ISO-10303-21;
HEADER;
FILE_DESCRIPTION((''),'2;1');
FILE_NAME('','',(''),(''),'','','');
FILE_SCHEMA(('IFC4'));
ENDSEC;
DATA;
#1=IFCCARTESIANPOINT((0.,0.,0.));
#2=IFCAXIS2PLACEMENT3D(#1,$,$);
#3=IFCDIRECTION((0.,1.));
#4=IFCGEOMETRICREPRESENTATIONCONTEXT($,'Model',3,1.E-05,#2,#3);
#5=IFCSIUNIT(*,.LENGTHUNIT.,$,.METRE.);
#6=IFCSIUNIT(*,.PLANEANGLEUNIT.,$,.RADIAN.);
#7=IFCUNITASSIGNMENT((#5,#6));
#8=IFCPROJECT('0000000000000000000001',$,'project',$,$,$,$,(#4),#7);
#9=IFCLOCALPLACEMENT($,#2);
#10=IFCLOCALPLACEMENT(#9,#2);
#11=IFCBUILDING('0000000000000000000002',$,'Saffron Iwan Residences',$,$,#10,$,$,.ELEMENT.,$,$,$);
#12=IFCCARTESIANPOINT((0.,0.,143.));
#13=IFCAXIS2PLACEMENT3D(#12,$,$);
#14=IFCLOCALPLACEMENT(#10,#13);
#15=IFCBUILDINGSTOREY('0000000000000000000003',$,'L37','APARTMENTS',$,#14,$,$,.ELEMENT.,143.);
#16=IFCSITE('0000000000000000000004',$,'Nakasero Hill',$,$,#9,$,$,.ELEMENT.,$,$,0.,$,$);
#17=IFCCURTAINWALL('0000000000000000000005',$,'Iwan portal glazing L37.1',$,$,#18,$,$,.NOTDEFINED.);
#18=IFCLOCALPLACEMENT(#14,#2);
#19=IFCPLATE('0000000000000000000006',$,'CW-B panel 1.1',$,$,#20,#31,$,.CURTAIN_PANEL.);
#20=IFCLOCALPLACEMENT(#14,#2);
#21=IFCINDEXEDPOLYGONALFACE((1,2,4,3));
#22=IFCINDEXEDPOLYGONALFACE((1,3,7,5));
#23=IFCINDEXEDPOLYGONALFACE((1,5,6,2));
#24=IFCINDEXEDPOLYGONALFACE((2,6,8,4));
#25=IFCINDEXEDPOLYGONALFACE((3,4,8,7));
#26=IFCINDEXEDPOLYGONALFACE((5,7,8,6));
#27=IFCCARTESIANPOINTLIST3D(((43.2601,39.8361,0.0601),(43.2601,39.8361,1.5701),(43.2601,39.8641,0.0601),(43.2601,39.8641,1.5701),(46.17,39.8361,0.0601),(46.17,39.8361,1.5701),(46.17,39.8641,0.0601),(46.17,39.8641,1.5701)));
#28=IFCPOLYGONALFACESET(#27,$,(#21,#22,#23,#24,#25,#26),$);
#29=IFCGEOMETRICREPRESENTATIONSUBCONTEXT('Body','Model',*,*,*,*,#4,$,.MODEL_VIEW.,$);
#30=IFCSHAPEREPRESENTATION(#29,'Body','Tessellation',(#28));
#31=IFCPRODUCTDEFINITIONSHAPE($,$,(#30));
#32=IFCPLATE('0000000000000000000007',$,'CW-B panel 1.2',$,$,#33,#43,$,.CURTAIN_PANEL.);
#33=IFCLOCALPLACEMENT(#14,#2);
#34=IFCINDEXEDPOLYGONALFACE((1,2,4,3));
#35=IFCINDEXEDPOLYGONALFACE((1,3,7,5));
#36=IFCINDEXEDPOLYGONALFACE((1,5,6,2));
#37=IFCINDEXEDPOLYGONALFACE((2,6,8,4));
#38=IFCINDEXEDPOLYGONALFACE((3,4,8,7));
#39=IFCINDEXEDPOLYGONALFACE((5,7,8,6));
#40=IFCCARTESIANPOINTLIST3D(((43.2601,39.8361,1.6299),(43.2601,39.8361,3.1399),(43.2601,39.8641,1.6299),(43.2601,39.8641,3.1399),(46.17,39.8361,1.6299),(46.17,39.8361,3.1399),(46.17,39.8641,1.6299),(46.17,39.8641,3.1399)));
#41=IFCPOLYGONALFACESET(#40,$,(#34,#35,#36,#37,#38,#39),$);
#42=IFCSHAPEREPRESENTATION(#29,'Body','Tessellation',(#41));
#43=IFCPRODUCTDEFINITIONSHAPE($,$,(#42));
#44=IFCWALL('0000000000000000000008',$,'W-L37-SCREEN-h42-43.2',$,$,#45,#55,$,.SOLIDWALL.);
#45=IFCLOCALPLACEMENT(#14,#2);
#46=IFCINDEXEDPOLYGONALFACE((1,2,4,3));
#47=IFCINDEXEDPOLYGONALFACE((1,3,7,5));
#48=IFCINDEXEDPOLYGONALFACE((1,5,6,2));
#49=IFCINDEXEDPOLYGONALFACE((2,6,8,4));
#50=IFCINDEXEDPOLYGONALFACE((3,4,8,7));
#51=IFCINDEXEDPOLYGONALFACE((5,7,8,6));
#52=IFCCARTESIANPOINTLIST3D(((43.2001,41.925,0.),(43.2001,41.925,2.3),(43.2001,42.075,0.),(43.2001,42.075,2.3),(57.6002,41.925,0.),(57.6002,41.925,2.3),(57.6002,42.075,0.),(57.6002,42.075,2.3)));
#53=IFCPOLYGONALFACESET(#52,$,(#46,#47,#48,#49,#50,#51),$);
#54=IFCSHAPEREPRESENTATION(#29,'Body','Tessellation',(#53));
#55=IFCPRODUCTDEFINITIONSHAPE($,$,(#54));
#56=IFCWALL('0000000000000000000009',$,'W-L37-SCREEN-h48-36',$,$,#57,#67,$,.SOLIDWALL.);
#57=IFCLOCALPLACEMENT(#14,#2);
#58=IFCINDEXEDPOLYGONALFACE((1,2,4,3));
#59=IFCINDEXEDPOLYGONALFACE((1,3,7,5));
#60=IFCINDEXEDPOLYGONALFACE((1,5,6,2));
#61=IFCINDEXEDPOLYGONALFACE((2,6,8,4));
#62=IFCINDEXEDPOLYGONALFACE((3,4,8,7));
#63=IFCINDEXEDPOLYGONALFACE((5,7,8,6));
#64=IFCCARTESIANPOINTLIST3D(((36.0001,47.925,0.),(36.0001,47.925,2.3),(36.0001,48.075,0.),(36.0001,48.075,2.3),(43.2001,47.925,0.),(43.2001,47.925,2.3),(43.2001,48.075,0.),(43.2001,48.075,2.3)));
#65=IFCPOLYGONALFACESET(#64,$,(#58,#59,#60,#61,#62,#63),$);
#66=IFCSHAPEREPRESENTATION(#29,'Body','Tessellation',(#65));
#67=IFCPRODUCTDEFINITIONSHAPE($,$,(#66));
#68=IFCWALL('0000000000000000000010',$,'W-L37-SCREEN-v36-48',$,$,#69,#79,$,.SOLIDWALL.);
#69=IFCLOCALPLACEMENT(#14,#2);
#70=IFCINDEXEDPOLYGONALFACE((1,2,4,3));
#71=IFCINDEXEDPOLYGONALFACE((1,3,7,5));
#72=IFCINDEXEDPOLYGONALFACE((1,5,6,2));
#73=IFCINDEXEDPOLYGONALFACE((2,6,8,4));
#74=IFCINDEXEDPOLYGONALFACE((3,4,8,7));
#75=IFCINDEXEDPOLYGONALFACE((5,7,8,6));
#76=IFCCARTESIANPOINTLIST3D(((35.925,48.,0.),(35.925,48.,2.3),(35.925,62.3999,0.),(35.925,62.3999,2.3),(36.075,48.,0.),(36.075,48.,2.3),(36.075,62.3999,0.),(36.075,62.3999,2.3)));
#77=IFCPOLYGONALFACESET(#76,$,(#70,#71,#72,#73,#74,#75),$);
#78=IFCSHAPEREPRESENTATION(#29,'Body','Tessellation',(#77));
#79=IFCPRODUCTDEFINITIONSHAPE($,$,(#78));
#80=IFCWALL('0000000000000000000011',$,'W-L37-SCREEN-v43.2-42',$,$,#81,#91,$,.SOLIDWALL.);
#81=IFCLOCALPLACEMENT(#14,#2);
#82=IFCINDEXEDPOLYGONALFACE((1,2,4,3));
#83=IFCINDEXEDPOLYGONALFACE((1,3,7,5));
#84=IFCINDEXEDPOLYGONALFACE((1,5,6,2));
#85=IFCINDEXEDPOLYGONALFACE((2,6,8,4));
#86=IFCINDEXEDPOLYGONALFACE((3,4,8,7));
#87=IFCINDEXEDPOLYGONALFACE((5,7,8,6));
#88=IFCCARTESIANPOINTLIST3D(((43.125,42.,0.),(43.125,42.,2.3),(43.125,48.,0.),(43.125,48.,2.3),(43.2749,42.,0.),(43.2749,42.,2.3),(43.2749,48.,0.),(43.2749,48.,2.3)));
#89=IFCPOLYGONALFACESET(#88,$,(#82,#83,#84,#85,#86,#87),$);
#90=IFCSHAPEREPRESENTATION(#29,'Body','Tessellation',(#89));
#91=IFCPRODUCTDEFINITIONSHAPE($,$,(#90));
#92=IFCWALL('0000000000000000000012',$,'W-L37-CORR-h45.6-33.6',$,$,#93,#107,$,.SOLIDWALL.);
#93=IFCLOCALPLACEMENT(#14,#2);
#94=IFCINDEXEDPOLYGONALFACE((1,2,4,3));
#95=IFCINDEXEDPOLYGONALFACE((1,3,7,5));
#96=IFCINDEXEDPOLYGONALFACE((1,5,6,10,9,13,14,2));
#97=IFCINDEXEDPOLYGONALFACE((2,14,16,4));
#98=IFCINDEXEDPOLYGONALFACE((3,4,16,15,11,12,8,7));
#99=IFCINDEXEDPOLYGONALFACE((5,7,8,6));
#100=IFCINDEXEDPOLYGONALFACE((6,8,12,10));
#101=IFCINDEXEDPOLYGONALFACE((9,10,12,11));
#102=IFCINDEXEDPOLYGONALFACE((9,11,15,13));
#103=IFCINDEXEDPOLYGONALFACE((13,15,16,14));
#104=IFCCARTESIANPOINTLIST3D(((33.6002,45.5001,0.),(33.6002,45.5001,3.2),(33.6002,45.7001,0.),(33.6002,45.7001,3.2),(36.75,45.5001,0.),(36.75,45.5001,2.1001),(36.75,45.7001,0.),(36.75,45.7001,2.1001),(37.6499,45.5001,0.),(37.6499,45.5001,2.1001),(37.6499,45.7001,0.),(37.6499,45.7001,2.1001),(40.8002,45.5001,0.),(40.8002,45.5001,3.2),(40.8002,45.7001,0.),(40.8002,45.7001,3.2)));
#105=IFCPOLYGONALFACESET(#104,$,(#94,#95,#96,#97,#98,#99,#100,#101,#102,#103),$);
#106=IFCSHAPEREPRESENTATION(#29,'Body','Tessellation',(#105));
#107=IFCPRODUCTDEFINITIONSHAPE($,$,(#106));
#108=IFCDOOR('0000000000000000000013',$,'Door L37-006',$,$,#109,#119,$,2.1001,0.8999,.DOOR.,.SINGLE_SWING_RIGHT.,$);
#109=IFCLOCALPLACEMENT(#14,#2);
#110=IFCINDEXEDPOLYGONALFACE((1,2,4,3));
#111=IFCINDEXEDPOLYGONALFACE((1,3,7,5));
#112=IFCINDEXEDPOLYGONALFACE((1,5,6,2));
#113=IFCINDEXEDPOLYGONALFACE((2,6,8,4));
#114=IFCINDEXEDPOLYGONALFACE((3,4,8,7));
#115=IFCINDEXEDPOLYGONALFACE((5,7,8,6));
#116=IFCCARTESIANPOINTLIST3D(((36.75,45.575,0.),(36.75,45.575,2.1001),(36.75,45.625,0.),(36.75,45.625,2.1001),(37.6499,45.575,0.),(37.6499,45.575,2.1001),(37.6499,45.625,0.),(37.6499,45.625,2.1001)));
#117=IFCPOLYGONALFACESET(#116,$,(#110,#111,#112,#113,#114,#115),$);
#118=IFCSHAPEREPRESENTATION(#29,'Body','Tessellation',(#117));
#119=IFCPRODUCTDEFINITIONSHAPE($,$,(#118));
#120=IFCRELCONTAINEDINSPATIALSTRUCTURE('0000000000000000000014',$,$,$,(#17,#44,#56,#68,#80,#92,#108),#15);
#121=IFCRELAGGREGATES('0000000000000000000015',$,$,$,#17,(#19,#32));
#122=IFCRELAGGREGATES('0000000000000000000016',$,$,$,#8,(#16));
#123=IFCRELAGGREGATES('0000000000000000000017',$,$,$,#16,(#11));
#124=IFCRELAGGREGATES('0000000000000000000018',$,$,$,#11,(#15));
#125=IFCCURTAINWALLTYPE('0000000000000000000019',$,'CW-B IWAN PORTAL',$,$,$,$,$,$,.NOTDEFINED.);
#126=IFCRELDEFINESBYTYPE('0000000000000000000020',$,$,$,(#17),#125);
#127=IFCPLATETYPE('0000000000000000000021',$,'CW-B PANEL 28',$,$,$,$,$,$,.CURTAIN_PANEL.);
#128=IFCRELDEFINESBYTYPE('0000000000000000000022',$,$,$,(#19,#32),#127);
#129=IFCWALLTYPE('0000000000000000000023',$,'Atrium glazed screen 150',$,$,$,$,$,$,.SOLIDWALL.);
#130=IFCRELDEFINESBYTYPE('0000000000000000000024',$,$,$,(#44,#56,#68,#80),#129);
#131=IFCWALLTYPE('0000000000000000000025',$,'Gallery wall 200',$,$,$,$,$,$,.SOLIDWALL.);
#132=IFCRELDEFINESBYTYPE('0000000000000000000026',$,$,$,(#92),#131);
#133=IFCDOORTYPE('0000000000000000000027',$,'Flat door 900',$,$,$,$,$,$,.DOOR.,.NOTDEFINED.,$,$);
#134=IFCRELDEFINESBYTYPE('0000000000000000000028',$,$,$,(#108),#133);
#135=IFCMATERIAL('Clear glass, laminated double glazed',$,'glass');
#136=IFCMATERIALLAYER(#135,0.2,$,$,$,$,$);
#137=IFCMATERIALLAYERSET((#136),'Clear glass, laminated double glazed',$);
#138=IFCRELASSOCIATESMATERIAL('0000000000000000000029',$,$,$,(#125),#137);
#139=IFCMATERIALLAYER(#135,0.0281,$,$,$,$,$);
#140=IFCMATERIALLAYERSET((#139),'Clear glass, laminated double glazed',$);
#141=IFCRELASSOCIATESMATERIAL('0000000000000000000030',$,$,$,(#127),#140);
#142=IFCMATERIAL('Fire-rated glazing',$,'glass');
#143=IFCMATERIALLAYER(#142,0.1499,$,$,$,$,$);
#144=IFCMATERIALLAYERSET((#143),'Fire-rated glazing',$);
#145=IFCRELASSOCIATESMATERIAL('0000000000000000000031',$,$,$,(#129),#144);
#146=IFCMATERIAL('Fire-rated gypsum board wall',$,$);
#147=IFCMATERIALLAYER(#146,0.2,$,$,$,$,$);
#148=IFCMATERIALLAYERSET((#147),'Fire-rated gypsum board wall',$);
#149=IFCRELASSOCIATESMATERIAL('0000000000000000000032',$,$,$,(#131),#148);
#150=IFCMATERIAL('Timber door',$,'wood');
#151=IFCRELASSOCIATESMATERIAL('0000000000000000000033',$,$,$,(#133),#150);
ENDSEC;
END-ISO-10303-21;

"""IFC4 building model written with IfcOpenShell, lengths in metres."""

from ifc_helpers import new_model, si_unit, direction, frame, frame_2d, origin, origin_2d, place, context, subcontext, project, spatial, rectangle, extrude, source, transform, mapped, material, layer, layer_set, type_object, element, fill, aggregate, save


model = new_model("IFC4")

# Units and contexts
model_context = context("Model", 3, precision=1e-05, world=origin(), true_north=direction((0.0, 1.0)))
body_context = subcontext(model_context, "Body", "Model", "MODEL_VIEW")
ifc_project = project(units=[si_unit("LENGTHUNIT", "METRE"), si_unit("PLANEANGLEUNIT", "RADIAN")], contexts=[model_context])

# Site, building, storey
site_placement = place(None, origin())
site = spatial("IfcSite", under=ifc_project, at=site_placement, Name="Nakasero Hill", CompositionType="ELEMENT", RefElevation=0.0)
building_placement = place(site_placement, origin())
building = spatial("IfcBuilding", under=site, at=building_placement, Name="Saffron Iwan Residences", CompositionType="ELEMENT")
storey_placement = place(building_placement, frame((0.0, 0.0, 143.0)))
storey = spatial("IfcBuildingStorey", under=building, at=storey_placement, Name="L37", Description="APARTMENTS", CompositionType="ELEMENT", Elevation=143.0)

# Curtain wall, plates
ifc_material_1 = material(Name="Clear glass, laminated double glazed", Category="glass")
ifc_layer_1 = layer(ifc_material_1, 0.2)
ifc_layer_set_1 = layer_set([ifc_layer_1], Name="Clear glass, laminated double glazed")
curtain_wall_type = type_object("IfcCurtainWallType", Name="CW-B IWAN PORTAL", PredefinedType="NOTDEFINED", material=ifc_layer_set_1)
curtain_wall_placement = place(storey_placement, origin())
curtain_wall = element("IfcCurtainWall", 1, at=curtain_wall_placement, inside=storey, type_object=curtain_wall_type, Name="Iwan portal glazing L37.1", PredefinedType="NOTDEFINED")
ifc_layer_2 = layer(ifc_material_1, 0.0281)
ifc_layer_set_2 = layer_set([ifc_layer_2], Name="Clear glass, laminated double glazed")
plate_type = type_object("IfcPlateType", Name="CW-B PANEL 28", PredefinedType="CURTAIN_PANEL", material=ifc_layer_set_2)
shared_shape_1 = source(origin(), body_context, "Body", "SweptSolid", [
    extrude(rectangle(XDim=2.9099, YDim=0.0281, at=origin_2d()), origin(), (0.0, 0.0, 1.0), 1.51),
])
plate_1_placement = place(storey_placement, frame((44.7151, 39.8501, 0.0601), z_axis=(0.0, 0.0, 1.0), x_axis=(1.0, 0.0, 0.0)))
plate_1 = element("IfcPlate", 2, at=plate_1_placement, type_object=plate_type, Name="CW-B panel 1.1", PredefinedType="CURTAIN_PANEL", context=body_context, shape_type="MappedRepresentation", body=[
    mapped(shared_shape_1, transform((0.0, 0.0, 0.0))),
])
plate_2_placement = place(storey_placement, frame((44.7151, 39.8501, 1.6299), z_axis=(0.0, 0.0, 1.0), x_axis=(1.0, 0.0, 0.0)))
plate_2 = element("IfcPlate", 3, at=plate_2_placement, type_object=plate_type, Name="CW-B panel 1.2", PredefinedType="CURTAIN_PANEL", context=body_context, shape_type="MappedRepresentation", body=[
    mapped(shared_shape_1, transform((0.0, 0.0, 0.0))),
])
aggregate(curtain_wall, [plate_1, plate_2])

# Walls
ifc_material_2 = material(Name="Fire-rated glazing", Category="glass")
ifc_layer_3 = layer(ifc_material_2, 0.1499)
ifc_layer_set_3 = layer_set([ifc_layer_3], Name="Fire-rated glazing")
wall_type_1 = type_object("IfcWallType", Name="Atrium glazed screen 150", PredefinedType="SOLIDWALL", material=ifc_layer_set_3)
wall_1_placement = place(storey_placement, frame((43.2, 42.0, 0.0), z_axis=(0.0, 0.0, 1.0), x_axis=(1.0, 0.0, 0.0)))
element("IfcWall", 4, at=wall_1_placement, inside=storey, type_object=wall_type_1, Name="W-L37-SCREEN-h42-43.2", PredefinedType="SOLIDWALL", context=body_context, shape_type="SweptSolid", body=[
    extrude(rectangle(XDim=14.4001, YDim=0.1499, at=frame_2d((7.2002, 0.0))), origin(), (0.0, 0.0, 1.0), 2.3),
])
wall_2_placement = place(storey_placement, frame((36.0, 48.0, 0.0), z_axis=(0.0, 0.0, 1.0), x_axis=(1.0, 0.0, 0.0)))
element("IfcWall", 5, at=wall_2_placement, inside=storey, type_object=wall_type_1, Name="W-L37-SCREEN-h48-36", PredefinedType="SOLIDWALL", context=body_context, shape_type="SweptSolid", body=[
    extrude(rectangle(XDim=7.2, YDim=0.1499, at=frame_2d((3.6001, 0.0))), origin(), (0.0, 0.0, 1.0), 2.3),
])
wall_3_placement = place(storey_placement, frame((36.0, 48.0, 0.0), z_axis=(0.0, 0.0, 1.0), x_axis=(0.0, 1.0, 0.0)))
element("IfcWall", 6, at=wall_3_placement, inside=storey, type_object=wall_type_1, Name="W-L37-SCREEN-v36-48", PredefinedType="SOLIDWALL", context=body_context, shape_type="SweptSolid", body=[
    extrude(rectangle(XDim=14.3999, YDim=0.1499, at=frame_2d((7.2, 0.0))), origin(), (0.0, 0.0, 1.0), 2.3),
])
wall_4_placement = place(storey_placement, frame((43.2, 42.0, 0.0), z_axis=(0.0, 0.0, 1.0), x_axis=(0.0, 1.0, 0.0)))
element("IfcWall", 7, at=wall_4_placement, inside=storey, type_object=wall_type_1, Name="W-L37-SCREEN-v43.2-42", PredefinedType="SOLIDWALL", context=body_context, shape_type="SweptSolid", body=[
    extrude(rectangle(XDim=6.0, YDim=0.1499, at=frame_2d((3.0, 0.0))), origin(), (0.0, 0.0, 1.0), 2.3),
])

# Wall, opening, door
ifc_material_3 = material(Name="Fire-rated gypsum board wall")
ifc_layer_4 = layer(ifc_material_3, 0.2)
ifc_layer_set_4 = layer_set([ifc_layer_4], Name="Fire-rated gypsum board wall")
wall_type_2 = type_object("IfcWallType", Name="Gallery wall 200", PredefinedType="SOLIDWALL", material=ifc_layer_set_4)
wall_5_placement = place(storey_placement, frame((33.6001, 45.6001, 0.0), z_axis=(0.0, 0.0, 1.0), x_axis=(1.0, 0.0, 0.0)))
wall_5 = element("IfcWall", 8, at=wall_5_placement, inside=storey, type_object=wall_type_2, Name="W-L37-CORR-h45.6-33.6", PredefinedType="SOLIDWALL", context=body_context, shape_type="SweptSolid", body=[
    extrude(rectangle(XDim=7.2, YDim=0.2, at=frame_2d((3.6001, 0.0))), origin(), (0.0, 0.0, 1.0), 3.2),
])
opening_1_placement = place(wall_5_placement, frame((3.1499, 0.0, 0.0)))
opening_1 = element("IfcOpeningElement", 9, at=opening_1_placement, cuts=wall_5, PredefinedType="OPENING", context=body_context, shape_type="SweptSolid", body=[
    extrude(rectangle(XDim=0.8999, YDim=2.1001, at=frame_2d((0.45, 1.05))), frame((0.0, 0.1099, 0.0), z_axis=(0.0, -1.0, 0.0), x_axis=(1.0, 0.0, 0.0)), (0.0, 0.0, 1.0), 0.22),
])
ifc_material_4 = material(Name="Timber door", Category="wood")
door_type_1 = type_object("IfcDoorType", Name="Flat door 900", OperationType="NOTDEFINED", PredefinedType="DOOR", material=ifc_material_4)
door_1_placement = place(opening_1_placement, origin())
door_1 = element("IfcDoor", 10, at=door_1_placement, inside=storey, type_object=door_type_1, Name="Door L37-006", OperationType="SINGLE_SWING_RIGHT", OverallHeight=2.1001, OverallWidth=0.8999, PredefinedType="DOOR", context=body_context, shape_type="SweptSolid", body=[
    extrude(rectangle(XDim=0.8999, YDim=2.1001, at=frame_2d((0.45, 1.05))), frame((0.0, 0.0249, 0.0), z_axis=(0.0, -1.0, 0.0), x_axis=(1.0, 0.0, 0.0)), (0.0, 0.0, 1.0), 0.05),
])
fill(opening_1, door_1)

save(model, "model.ifc")
